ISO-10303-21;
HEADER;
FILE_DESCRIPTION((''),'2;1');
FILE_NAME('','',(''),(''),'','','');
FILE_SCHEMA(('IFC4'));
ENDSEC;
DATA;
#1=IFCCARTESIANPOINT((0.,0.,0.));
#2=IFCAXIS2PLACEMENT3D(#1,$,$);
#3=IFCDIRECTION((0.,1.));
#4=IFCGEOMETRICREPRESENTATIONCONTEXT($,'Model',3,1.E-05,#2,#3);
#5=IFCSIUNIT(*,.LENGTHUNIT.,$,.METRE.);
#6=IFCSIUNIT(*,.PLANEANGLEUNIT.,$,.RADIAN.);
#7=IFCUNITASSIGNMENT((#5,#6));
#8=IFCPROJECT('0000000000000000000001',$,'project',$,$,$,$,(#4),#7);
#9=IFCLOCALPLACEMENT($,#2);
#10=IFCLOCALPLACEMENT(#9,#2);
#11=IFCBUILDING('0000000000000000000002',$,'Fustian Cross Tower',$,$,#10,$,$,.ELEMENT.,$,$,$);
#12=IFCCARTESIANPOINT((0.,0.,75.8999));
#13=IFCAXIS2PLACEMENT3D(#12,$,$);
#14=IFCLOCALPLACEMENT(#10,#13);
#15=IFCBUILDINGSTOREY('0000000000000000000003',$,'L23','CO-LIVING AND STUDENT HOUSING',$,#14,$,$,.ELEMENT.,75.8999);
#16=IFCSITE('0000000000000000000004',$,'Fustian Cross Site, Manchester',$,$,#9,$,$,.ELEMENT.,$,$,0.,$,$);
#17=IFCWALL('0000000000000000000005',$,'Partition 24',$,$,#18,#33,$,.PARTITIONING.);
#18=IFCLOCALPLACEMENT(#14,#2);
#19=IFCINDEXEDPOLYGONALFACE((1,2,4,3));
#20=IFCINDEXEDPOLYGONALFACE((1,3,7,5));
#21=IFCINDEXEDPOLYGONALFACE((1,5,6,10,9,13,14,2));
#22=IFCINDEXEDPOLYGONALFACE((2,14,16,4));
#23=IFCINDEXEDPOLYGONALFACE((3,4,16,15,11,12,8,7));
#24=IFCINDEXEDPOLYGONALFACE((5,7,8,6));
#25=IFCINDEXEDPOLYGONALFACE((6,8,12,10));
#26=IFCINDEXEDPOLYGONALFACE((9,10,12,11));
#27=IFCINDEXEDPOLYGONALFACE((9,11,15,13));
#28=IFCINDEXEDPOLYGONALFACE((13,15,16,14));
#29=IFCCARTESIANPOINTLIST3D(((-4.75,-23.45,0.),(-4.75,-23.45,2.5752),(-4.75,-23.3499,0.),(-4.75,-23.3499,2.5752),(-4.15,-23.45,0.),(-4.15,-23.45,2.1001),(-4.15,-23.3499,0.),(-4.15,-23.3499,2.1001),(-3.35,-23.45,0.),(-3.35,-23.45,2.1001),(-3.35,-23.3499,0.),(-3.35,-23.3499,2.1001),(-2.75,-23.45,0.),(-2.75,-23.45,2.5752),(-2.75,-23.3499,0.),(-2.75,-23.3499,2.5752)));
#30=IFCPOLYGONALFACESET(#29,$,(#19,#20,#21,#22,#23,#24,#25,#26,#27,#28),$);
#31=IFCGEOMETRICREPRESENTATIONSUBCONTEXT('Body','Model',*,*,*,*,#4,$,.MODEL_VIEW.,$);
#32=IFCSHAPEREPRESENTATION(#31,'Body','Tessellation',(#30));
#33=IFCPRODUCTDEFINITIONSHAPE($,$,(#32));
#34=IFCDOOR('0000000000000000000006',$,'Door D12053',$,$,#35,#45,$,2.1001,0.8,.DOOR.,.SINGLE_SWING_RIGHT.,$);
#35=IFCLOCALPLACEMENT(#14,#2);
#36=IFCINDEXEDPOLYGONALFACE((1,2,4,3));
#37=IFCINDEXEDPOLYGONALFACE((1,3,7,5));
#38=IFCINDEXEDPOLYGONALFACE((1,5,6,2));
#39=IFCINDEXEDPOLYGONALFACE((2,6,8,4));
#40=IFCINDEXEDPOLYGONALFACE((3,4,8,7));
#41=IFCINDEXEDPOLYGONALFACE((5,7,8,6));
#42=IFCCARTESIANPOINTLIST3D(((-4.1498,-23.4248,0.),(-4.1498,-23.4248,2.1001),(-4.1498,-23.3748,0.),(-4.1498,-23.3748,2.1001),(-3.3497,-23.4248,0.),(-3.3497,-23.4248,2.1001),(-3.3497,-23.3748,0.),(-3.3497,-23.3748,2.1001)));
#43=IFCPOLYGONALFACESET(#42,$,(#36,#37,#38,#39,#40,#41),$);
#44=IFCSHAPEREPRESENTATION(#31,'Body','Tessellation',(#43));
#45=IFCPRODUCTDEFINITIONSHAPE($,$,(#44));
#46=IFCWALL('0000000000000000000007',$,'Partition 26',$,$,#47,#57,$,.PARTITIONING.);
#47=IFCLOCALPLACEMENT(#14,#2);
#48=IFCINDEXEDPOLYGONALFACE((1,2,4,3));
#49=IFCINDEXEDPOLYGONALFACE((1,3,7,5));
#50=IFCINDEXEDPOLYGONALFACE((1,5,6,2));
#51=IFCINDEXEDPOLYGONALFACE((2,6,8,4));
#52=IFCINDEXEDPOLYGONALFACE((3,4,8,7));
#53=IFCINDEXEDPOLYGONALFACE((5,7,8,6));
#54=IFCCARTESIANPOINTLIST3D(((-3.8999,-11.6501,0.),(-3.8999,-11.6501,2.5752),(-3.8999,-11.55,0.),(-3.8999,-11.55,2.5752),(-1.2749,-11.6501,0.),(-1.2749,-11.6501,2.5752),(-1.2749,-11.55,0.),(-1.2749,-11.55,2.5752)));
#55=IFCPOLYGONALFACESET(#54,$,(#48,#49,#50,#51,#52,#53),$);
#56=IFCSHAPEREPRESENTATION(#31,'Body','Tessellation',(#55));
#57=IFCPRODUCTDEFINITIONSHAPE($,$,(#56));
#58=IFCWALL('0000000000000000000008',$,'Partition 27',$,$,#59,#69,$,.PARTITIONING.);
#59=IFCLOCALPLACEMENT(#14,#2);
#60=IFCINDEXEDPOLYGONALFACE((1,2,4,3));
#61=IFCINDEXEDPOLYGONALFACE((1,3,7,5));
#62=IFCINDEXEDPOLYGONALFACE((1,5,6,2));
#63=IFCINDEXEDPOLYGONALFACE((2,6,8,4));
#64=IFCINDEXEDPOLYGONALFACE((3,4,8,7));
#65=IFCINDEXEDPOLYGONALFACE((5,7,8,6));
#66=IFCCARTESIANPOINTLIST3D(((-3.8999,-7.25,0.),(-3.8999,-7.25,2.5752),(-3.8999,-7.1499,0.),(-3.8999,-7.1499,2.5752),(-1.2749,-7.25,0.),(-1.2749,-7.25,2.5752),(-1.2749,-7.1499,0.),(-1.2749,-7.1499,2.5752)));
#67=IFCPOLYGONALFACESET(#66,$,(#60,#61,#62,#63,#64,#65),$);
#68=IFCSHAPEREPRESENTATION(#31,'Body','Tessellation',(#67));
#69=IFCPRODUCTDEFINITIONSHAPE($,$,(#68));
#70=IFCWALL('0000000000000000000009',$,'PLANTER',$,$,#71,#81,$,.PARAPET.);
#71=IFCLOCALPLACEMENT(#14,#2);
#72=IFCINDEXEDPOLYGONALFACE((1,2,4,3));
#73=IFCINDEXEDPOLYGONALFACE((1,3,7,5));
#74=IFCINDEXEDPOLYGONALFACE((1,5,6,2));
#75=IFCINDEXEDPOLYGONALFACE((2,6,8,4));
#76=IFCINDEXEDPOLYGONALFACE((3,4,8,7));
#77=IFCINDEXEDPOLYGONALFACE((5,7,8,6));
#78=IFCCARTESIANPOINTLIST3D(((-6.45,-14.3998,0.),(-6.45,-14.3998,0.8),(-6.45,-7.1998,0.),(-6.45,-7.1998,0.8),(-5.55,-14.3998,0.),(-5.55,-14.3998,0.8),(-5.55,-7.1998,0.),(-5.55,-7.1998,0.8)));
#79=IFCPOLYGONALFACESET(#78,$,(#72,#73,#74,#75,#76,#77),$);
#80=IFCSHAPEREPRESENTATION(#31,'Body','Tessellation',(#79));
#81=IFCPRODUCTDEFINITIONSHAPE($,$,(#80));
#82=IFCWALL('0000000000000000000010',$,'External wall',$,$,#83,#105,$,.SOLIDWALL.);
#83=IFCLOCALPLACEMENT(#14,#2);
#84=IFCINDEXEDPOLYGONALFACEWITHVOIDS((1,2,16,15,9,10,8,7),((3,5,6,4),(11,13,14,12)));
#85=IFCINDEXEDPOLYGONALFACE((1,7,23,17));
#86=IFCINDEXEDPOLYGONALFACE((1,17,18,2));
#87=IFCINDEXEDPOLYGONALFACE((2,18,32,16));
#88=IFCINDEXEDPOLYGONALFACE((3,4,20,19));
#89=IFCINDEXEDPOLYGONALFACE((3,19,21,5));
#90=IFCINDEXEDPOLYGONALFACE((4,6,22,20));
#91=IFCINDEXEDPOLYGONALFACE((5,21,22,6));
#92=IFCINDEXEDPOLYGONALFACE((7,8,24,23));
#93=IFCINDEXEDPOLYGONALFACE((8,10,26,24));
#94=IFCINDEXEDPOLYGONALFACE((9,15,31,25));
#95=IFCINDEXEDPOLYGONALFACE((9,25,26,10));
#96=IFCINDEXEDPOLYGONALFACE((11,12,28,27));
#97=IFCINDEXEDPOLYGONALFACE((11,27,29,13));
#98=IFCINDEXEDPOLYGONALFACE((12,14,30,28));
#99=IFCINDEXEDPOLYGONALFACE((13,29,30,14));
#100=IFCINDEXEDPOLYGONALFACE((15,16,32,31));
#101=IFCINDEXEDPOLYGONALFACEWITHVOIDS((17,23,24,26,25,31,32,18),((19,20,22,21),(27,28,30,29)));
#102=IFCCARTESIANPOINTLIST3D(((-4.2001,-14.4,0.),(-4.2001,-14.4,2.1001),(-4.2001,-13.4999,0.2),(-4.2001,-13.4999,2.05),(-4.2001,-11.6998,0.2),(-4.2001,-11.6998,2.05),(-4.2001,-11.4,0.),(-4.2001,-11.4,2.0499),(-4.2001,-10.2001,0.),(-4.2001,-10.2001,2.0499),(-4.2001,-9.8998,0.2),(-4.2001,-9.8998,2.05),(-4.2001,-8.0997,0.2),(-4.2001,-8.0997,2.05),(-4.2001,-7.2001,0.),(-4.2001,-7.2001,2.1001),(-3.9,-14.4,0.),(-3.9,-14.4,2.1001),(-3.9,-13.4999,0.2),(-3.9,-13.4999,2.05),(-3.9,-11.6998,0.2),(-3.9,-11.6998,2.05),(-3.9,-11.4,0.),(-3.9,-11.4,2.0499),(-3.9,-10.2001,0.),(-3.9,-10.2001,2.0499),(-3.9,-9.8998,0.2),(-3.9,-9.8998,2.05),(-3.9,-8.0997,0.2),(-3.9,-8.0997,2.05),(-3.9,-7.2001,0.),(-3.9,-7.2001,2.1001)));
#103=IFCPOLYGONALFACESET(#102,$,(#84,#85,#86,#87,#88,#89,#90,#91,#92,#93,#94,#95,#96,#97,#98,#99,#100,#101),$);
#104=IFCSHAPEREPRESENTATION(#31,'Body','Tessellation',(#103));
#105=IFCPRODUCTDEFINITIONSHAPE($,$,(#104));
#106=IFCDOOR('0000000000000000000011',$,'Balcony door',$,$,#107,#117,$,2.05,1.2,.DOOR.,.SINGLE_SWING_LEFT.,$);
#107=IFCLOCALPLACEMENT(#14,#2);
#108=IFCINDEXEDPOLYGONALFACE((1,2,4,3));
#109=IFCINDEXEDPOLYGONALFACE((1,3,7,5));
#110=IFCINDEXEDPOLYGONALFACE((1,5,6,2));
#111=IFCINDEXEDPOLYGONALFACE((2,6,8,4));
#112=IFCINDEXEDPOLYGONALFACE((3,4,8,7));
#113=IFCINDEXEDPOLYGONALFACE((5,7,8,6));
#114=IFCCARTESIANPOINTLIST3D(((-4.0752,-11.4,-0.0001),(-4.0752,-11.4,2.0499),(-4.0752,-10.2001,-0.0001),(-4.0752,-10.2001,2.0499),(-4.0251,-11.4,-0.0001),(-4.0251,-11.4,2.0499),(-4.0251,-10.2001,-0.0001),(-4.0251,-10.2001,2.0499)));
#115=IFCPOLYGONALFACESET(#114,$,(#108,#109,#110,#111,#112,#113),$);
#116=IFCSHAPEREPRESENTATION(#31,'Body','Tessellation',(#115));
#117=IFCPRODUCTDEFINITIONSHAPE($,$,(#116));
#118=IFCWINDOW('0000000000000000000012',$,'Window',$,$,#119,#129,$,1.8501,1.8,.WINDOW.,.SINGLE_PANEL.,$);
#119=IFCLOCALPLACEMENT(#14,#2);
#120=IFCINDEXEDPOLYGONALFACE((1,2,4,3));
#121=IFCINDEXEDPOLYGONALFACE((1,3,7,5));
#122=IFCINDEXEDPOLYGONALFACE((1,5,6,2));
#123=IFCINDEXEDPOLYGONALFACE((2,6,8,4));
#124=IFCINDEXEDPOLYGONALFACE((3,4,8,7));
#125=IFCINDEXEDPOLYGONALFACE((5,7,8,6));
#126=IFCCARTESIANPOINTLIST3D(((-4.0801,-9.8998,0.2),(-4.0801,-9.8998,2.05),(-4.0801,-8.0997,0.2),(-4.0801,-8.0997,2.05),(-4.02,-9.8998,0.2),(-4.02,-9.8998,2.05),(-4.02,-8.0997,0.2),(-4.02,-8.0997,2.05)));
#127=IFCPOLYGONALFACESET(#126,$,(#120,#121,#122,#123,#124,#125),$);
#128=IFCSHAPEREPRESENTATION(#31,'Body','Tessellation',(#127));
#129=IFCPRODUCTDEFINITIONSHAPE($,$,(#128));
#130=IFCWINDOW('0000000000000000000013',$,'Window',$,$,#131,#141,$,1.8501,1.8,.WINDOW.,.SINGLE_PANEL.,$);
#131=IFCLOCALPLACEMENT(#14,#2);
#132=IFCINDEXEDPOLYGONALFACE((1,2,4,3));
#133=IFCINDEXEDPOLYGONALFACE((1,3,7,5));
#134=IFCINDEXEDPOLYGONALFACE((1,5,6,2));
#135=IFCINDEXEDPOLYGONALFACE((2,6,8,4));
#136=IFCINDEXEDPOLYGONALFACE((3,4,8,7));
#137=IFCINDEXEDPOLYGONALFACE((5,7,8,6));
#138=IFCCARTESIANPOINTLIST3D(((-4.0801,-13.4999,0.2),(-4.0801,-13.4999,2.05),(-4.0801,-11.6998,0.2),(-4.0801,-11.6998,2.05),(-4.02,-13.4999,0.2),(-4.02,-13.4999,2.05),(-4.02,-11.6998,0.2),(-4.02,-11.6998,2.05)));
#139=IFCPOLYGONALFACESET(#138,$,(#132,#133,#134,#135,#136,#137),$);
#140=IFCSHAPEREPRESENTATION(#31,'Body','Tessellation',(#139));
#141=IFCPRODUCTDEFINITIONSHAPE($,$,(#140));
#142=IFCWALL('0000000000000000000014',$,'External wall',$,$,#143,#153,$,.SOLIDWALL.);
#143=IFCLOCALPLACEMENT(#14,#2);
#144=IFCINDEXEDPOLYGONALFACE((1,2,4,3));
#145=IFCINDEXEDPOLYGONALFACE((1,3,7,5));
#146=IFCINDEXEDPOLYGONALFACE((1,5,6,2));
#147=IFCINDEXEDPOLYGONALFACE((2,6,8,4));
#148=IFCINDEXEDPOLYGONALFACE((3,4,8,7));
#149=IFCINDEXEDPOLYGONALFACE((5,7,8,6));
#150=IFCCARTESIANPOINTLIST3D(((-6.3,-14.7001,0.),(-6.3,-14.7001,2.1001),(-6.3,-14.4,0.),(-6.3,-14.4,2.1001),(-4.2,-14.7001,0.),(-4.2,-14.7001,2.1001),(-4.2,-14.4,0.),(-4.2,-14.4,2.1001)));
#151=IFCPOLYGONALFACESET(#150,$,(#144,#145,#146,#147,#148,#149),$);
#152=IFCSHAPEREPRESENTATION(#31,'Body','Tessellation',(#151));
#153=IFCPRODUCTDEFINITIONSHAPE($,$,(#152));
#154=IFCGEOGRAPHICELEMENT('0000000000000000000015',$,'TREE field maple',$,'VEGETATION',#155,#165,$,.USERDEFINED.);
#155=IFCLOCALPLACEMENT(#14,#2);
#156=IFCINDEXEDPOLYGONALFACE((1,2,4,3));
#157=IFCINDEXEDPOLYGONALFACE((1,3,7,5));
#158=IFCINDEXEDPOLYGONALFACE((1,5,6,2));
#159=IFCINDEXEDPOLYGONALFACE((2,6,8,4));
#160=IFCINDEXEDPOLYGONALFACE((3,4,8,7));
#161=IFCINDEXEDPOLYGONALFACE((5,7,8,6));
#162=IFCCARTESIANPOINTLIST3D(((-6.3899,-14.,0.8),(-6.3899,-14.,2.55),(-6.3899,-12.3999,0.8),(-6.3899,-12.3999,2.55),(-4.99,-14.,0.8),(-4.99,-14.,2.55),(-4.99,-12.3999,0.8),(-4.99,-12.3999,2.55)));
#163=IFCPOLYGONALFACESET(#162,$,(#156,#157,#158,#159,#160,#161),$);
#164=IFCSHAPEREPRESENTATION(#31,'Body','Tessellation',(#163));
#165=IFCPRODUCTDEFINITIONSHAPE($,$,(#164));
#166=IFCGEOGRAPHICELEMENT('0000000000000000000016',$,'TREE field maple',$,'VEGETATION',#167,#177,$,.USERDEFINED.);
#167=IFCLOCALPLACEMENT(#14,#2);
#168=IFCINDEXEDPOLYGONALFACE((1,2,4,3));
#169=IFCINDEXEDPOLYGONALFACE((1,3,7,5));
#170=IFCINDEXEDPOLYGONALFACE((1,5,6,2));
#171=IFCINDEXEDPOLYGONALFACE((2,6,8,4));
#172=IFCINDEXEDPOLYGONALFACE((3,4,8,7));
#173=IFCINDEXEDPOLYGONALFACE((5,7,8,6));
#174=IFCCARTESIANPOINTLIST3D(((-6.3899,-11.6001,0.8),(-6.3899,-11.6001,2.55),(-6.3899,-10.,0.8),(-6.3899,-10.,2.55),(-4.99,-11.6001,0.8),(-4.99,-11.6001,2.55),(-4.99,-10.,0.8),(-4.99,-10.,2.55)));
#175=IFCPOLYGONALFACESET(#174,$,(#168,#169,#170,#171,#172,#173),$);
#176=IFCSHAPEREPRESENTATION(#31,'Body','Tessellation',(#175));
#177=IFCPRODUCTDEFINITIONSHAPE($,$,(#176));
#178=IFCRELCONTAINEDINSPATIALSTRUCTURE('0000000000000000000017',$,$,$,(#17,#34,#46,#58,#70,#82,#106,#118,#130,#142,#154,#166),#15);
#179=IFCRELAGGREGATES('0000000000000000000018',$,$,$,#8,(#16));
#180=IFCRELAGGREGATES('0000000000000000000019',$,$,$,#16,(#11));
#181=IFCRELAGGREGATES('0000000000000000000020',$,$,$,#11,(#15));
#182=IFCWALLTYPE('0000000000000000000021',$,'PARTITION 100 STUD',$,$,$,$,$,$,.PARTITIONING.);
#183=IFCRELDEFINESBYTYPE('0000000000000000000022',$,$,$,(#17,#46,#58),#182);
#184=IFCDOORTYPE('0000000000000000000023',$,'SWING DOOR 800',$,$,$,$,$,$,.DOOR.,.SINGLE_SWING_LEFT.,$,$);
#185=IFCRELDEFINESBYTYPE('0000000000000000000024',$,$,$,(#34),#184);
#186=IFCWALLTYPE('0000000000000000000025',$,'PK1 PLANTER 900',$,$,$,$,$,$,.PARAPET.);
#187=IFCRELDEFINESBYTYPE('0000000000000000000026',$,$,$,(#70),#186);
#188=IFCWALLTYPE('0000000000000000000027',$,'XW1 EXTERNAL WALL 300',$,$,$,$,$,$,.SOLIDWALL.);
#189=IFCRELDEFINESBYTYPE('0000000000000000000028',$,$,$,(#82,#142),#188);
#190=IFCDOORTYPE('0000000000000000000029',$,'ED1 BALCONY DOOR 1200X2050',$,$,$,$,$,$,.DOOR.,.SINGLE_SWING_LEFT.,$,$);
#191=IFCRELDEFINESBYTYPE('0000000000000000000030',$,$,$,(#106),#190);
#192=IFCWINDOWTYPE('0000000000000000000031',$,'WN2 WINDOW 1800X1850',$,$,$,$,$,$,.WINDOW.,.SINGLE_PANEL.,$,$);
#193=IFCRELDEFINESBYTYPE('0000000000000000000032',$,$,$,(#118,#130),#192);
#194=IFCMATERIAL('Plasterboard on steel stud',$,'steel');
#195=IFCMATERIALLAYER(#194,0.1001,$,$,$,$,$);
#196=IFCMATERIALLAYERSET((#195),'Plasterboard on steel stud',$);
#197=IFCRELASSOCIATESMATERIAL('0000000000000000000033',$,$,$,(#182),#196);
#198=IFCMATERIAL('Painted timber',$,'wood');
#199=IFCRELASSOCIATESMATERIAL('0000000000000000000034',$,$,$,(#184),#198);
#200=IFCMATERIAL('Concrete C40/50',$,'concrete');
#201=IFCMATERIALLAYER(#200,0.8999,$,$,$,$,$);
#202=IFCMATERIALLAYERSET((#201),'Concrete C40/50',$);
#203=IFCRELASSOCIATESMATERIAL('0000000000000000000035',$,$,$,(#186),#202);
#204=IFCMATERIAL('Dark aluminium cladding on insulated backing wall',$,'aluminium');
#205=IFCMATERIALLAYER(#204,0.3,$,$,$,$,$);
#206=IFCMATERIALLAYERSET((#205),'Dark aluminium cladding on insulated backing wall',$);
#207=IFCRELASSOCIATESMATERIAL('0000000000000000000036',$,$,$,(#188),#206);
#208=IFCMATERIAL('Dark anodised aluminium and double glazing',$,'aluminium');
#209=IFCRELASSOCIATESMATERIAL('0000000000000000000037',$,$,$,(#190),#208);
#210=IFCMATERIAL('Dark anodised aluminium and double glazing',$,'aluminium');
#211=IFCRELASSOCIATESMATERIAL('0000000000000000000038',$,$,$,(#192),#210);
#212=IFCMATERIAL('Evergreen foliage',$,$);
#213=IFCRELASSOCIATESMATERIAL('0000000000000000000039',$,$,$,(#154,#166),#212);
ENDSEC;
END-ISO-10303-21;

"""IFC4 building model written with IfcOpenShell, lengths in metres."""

from ifc_helpers import new_model, si_unit, direction, frame, frame_2d, origin, origin_2d, place, context, subcontext, project, spatial, rectangle, extrude, material, layer, layer_set, type_object, element, fill, save


model = new_model("IFC4")

# Units and contexts
model_context = context("Model", 3, precision=1e-05, world=origin(), true_north=direction((0.0, 1.0)))
body_context = subcontext(model_context, "Body", "Model", "MODEL_VIEW")
ifc_project = project(units=[si_unit("LENGTHUNIT", "METRE"), si_unit("PLANEANGLEUNIT", "RADIAN")], contexts=[model_context])

# Site, building, storey
site_placement = place(None, origin())
site = spatial("IfcSite", under=ifc_project, at=site_placement, Name="Fustian Cross Site, Manchester", CompositionType="ELEMENT", RefElevation=0.0)
building_placement = place(site_placement, origin())
building = spatial("IfcBuilding", under=site, at=building_placement, Name="Fustian Cross Tower", CompositionType="ELEMENT")
storey_placement = place(building_placement, frame((0.0, 0.0, 75.8999)))
storey = spatial("IfcBuildingStorey", under=building, at=storey_placement, Name="L23", Description="CO-LIVING AND STUDENT HOUSING", CompositionType="ELEMENT", Elevation=75.8999)

# Shared definitions
ifc_material_1 = material(Name="Plasterboard on steel stud", Category="steel")
ifc_layer_1 = layer(ifc_material_1, 0.1001)
ifc_layer_set_1 = layer_set([ifc_layer_1], Name="Plasterboard on steel stud")
wall_type_1 = type_object("IfcWallType", Name="PARTITION 100 STUD", PredefinedType="PARTITIONING", material=ifc_layer_set_1)

# Wall, opening, door
wall_1_placement = place(storey_placement, frame((-4.75, -23.3999, 0.0), z_axis=(0.0, 0.0, 1.0), x_axis=(1.0, 0.0, 0.0)))
wall_1 = element("IfcWall", 1, at=wall_1_placement, inside=storey, type_object=wall_type_1, Name="Partition 24", PredefinedType="PARTITIONING", context=body_context, shape_type="SweptSolid", body=[
    extrude(rectangle(XDim=2.0, YDim=0.1001, at=frame_2d((1.0, 0.0))), origin(), (0.0, 0.0, 1.0), 2.5752),
])
opening_1_placement = place(wall_1_placement, frame((0.6001, 0.0, 0.0)))
opening_1 = element("IfcOpeningElement", 2, at=opening_1_placement, cuts=wall_1, PredefinedType="OPENING", context=body_context, shape_type="SweptSolid", body=[
    extrude(rectangle(XDim=0.8, YDim=2.1001, at=frame_2d((0.3999, 1.05))), frame((0.0, 0.0601, 0.0), z_axis=(0.0, -1.0, 0.0), x_axis=(1.0, 0.0, 0.0)), (0.0, 0.0, 1.0), 0.1201),
])
ifc_material_2 = material(Name="Painted timber", Category="wood")
door_type_1 = type_object("IfcDoorType", Name="SWING DOOR 800", OperationType="SINGLE_SWING_LEFT", PredefinedType="DOOR", material=ifc_material_2)
door_1_placement = place(opening_1_placement, frame((0.8, 0.0, 0.0), z_axis=(0.0, 0.0, 1.0), x_axis=(-1.0, 0.0, 0.0)))
door_1 = element("IfcDoor", 3, at=door_1_placement, inside=storey, type_object=door_type_1, Name="Door D12053", OperationType="SINGLE_SWING_RIGHT", OverallHeight=2.1001, OverallWidth=0.8, PredefinedType="DOOR", context=body_context, shape_type="SweptSolid", body=[
    extrude(rectangle(XDim=0.8, YDim=2.1001, at=frame_2d((0.3999, 1.05))), frame((0.0, 0.0249, 0.0), z_axis=(0.0, -1.0, 0.0), x_axis=(1.0, 0.0, 0.0)), (0.0, 0.0, 1.0), 0.05),
])
fill(opening_1, door_1)

# Walls
for number, where, z_axis, x_axis, name in (
    (4, (-3.8999, -11.6001, 0.0), (0.0, 0.0, 1.0), (1.0, 0.0, 0.0), "Partition 26"),
    (5, (-3.8999, -7.2, 0.0), (0.0, 0.0, 1.0), (1.0, 0.0, 0.0), "Partition 27"),
):
    element("IfcWall", number, at=place(storey_placement, frame(where, z_axis=z_axis, x_axis=x_axis)), inside=storey, type_object=wall_type_1, Name=name, PredefinedType="PARTITIONING", context=body_context, shape_type="SweptSolid", body=[
        extrude(rectangle(XDim=2.625, YDim=0.1001, at=frame_2d((1.3125, 0.0))), origin(), (0.0, 0.0, 1.0), 2.5752),
    ])
ifc_material_3 = material(Name="Concrete C40/50", Category="concrete")
ifc_layer_2 = layer(ifc_material_3, 0.8999)
ifc_layer_set_2 = layer_set([ifc_layer_2], Name="Concrete C40/50")
wall_type_2 = type_object("IfcWallType", Name="PK1 PLANTER 900", PredefinedType="PARAPET", material=ifc_layer_set_2)
wall_2_placement = place(storey_placement, frame((-6.0, -14.3999, 0.0), z_axis=(0.0, 0.0, 1.0), x_axis=(0.0, 1.0, 0.0)))
element("IfcWall", 6, at=wall_2_placement, inside=storey, type_object=wall_type_2, Name="PLANTER", PredefinedType="PARAPET", context=body_context, shape_type="SweptSolid", body=[
    extrude(rectangle(XDim=7.2, YDim=0.8999, at=frame_2d((3.6001, 0.0))), origin(), (0.0, 0.0, 1.0), 0.8),
])

# Wall, openings, door, windows
ifc_material_4 = material(Name="Dark aluminium cladding on insulated backing wall", Category="aluminium")
ifc_layer_3 = layer(ifc_material_4, 0.3)
ifc_layer_set_3 = layer_set([ifc_layer_3], Name="Dark aluminium cladding on insulated backing wall")
wall_type_3 = type_object("IfcWallType", Name="XW1 EXTERNAL WALL 300", PredefinedType="SOLIDWALL", material=ifc_layer_set_3)
wall_3_placement = place(storey_placement, frame((-4.05, -7.2, 0.0), z_axis=(0.0, 0.0, 1.0), x_axis=(0.0, -1.0, 0.0)))
wall_3 = element("IfcWall", 7, at=wall_3_placement, inside=storey, type_object=wall_type_3, Name="External wall", PredefinedType="SOLIDWALL", context=body_context, shape_type="SweptSolid", body=[
    extrude(rectangle(XDim=7.2, YDim=0.3, at=frame_2d((3.6001, 0.0))), origin(), (0.0, 0.0, 1.0), 2.1001),
])
opening_2_placement = place(wall_3_placement, frame((3.0, 0.0, 0.0)))
opening_2 = element("IfcOpeningElement", 8, at=opening_2_placement, cuts=wall_3, PredefinedType="OPENING", context=body_context, shape_type="SweptSolid", body=[
    extrude(rectangle(XDim=1.2, YDim=2.05, at=frame_2d((0.6001, 1.0249))), frame((0.0, 0.1599, 0.0), z_axis=(0.0, -1.0, 0.0), x_axis=(1.0, 0.0, 0.0)), (0.0, 0.0, 1.0), 0.3201),
])
opening_3_placement = place(wall_3_placement, frame((0.8999, 0.0, 0.2)))
opening_3 = element("IfcOpeningElement", 9, at=opening_3_placement, cuts=wall_3, PredefinedType="OPENING", context=body_context, shape_type="SweptSolid", body=[
    extrude(rectangle(XDim=1.8, YDim=1.8501, at=frame_2d((0.8999, 0.925))), frame((0.0, 0.1599, 0.0), z_axis=(0.0, -1.0, 0.0), x_axis=(1.0, 0.0, 0.0)), (0.0, 0.0, 1.0), 0.3201),
])
opening_4_placement = place(wall_3_placement, frame((4.5, 0.0, 0.2)))
opening_4 = element("IfcOpeningElement", 10, at=opening_4_placement, cuts=wall_3, PredefinedType="OPENING", context=body_context, shape_type="SweptSolid", body=[
    extrude(rectangle(XDim=1.8, YDim=1.8501, at=frame_2d((0.8999, 0.925))), frame((0.0, 0.1599, 0.0), z_axis=(0.0, -1.0, 0.0), x_axis=(1.0, 0.0, 0.0)), (0.0, 0.0, 1.0), 0.3201),
])
ifc_material_5 = material(Name="Dark anodised aluminium and double glazing", Category="aluminium")
door_type_2 = type_object("IfcDoorType", Name="ED1 BALCONY DOOR 1200X2050", OperationType="SINGLE_SWING_LEFT", PredefinedType="DOOR", material=ifc_material_5)
door_2_placement = place(opening_2_placement, origin())
door_2 = element("IfcDoor", 11, at=door_2_placement, inside=storey, type_object=door_type_2, Name="Balcony door", OperationType="SINGLE_SWING_LEFT", OverallHeight=2.05, OverallWidth=1.2, PredefinedType="DOOR", context=body_context, shape_type="SweptSolid", body=[
    extrude(rectangle(XDim=1.2, YDim=2.05, at=frame_2d((0.6001, 1.0249))), frame((0.0, 0.0249, 0.0), z_axis=(0.0, -1.0, 0.0), x_axis=(1.0, 0.0, 0.0)), (0.0, 0.0, 1.0), 0.05),
])
fill(opening_2, door_2)
ifc_material_6 = material(Name="Dark anodised aluminium and double glazing", Category="aluminium")
window_type = type_object("IfcWindowType", Name="WN2 WINDOW 1800X1850", PartitioningType="SINGLE_PANEL", PredefinedType="WINDOW", material=ifc_material_6)
window_1_placement = place(opening_3_placement, origin())
window_1 = element("IfcWindow", 12, at=window_1_placement, inside=storey, type_object=window_type, Name="Window", OverallHeight=1.8501, OverallWidth=1.8, PartitioningType="SINGLE_PANEL", PredefinedType="WINDOW", context=body_context, shape_type="SweptSolid", body=[
    extrude(rectangle(XDim=1.8, YDim=1.8501, at=frame_2d((0.8999, 0.925))), frame((0.0, 0.03, 0.0), z_axis=(0.0, -1.0, 0.0), x_axis=(1.0, 0.0, 0.0)), (0.0, 0.0, 1.0), 0.0601),
])
fill(opening_3, window_1)
window_2_placement = place(opening_4_placement, origin())
window_2 = element("IfcWindow", 13, at=window_2_placement, inside=storey, type_object=window_type, Name="Window", OverallHeight=1.8501, OverallWidth=1.8, PartitioningType="SINGLE_PANEL", PredefinedType="WINDOW", context=body_context, shape_type="SweptSolid", body=[
    extrude(rectangle(XDim=1.8, YDim=1.8501, at=frame_2d((0.8999, 0.925))), frame((0.0, 0.03, 0.0), z_axis=(0.0, -1.0, 0.0), x_axis=(1.0, 0.0, 0.0)), (0.0, 0.0, 1.0), 0.0601),
])
fill(opening_4, window_2)

# Wall
wall_4_placement = place(storey_placement, frame((-4.2, -14.55, 0.0), z_axis=(0.0, 0.0, 1.0), x_axis=(-1.0, 0.0, 0.0)))
element("IfcWall", 14, at=wall_4_placement, inside=storey, type_object=wall_type_3, Name="External wall", PredefinedType="SOLIDWALL", context=body_context, shape_type="SweptSolid", body=[
    extrude(rectangle(XDim=2.1001, YDim=0.3, at=frame_2d((1.05, 0.0))), origin(), (0.0, 0.0, 1.0), 2.1001),
])

# Geographic elements
ifc_material_7 = material(Name="Evergreen foliage")
for number, where, z_axis, x_axis, name in (
    (15, (-5.6899, -13.2, 0.8), (0.0, 0.0, 1.0), (1.0, 0.0, 0.0), "TREE field maple"),
    (16, (-5.6899, -10.8, 0.8), (0.0, 0.0, 1.0), (1.0, 0.0, 0.0), "TREE field maple"),
):
    element("IfcGeographicElement", number, at=place(storey_placement, frame(where, z_axis=z_axis, x_axis=x_axis)), inside=storey, material=ifc_material_7, Name=name, ObjectType="VEGETATION", PredefinedType="USERDEFINED", context=body_context, shape_type="SweptSolid", body=[
        extrude(rectangle(XDim=1.3999, YDim=1.6001, at=origin_2d()), origin(), (0.0, 0.0, 1.0), 1.75),
    ])

save(model, "model.ifc")
